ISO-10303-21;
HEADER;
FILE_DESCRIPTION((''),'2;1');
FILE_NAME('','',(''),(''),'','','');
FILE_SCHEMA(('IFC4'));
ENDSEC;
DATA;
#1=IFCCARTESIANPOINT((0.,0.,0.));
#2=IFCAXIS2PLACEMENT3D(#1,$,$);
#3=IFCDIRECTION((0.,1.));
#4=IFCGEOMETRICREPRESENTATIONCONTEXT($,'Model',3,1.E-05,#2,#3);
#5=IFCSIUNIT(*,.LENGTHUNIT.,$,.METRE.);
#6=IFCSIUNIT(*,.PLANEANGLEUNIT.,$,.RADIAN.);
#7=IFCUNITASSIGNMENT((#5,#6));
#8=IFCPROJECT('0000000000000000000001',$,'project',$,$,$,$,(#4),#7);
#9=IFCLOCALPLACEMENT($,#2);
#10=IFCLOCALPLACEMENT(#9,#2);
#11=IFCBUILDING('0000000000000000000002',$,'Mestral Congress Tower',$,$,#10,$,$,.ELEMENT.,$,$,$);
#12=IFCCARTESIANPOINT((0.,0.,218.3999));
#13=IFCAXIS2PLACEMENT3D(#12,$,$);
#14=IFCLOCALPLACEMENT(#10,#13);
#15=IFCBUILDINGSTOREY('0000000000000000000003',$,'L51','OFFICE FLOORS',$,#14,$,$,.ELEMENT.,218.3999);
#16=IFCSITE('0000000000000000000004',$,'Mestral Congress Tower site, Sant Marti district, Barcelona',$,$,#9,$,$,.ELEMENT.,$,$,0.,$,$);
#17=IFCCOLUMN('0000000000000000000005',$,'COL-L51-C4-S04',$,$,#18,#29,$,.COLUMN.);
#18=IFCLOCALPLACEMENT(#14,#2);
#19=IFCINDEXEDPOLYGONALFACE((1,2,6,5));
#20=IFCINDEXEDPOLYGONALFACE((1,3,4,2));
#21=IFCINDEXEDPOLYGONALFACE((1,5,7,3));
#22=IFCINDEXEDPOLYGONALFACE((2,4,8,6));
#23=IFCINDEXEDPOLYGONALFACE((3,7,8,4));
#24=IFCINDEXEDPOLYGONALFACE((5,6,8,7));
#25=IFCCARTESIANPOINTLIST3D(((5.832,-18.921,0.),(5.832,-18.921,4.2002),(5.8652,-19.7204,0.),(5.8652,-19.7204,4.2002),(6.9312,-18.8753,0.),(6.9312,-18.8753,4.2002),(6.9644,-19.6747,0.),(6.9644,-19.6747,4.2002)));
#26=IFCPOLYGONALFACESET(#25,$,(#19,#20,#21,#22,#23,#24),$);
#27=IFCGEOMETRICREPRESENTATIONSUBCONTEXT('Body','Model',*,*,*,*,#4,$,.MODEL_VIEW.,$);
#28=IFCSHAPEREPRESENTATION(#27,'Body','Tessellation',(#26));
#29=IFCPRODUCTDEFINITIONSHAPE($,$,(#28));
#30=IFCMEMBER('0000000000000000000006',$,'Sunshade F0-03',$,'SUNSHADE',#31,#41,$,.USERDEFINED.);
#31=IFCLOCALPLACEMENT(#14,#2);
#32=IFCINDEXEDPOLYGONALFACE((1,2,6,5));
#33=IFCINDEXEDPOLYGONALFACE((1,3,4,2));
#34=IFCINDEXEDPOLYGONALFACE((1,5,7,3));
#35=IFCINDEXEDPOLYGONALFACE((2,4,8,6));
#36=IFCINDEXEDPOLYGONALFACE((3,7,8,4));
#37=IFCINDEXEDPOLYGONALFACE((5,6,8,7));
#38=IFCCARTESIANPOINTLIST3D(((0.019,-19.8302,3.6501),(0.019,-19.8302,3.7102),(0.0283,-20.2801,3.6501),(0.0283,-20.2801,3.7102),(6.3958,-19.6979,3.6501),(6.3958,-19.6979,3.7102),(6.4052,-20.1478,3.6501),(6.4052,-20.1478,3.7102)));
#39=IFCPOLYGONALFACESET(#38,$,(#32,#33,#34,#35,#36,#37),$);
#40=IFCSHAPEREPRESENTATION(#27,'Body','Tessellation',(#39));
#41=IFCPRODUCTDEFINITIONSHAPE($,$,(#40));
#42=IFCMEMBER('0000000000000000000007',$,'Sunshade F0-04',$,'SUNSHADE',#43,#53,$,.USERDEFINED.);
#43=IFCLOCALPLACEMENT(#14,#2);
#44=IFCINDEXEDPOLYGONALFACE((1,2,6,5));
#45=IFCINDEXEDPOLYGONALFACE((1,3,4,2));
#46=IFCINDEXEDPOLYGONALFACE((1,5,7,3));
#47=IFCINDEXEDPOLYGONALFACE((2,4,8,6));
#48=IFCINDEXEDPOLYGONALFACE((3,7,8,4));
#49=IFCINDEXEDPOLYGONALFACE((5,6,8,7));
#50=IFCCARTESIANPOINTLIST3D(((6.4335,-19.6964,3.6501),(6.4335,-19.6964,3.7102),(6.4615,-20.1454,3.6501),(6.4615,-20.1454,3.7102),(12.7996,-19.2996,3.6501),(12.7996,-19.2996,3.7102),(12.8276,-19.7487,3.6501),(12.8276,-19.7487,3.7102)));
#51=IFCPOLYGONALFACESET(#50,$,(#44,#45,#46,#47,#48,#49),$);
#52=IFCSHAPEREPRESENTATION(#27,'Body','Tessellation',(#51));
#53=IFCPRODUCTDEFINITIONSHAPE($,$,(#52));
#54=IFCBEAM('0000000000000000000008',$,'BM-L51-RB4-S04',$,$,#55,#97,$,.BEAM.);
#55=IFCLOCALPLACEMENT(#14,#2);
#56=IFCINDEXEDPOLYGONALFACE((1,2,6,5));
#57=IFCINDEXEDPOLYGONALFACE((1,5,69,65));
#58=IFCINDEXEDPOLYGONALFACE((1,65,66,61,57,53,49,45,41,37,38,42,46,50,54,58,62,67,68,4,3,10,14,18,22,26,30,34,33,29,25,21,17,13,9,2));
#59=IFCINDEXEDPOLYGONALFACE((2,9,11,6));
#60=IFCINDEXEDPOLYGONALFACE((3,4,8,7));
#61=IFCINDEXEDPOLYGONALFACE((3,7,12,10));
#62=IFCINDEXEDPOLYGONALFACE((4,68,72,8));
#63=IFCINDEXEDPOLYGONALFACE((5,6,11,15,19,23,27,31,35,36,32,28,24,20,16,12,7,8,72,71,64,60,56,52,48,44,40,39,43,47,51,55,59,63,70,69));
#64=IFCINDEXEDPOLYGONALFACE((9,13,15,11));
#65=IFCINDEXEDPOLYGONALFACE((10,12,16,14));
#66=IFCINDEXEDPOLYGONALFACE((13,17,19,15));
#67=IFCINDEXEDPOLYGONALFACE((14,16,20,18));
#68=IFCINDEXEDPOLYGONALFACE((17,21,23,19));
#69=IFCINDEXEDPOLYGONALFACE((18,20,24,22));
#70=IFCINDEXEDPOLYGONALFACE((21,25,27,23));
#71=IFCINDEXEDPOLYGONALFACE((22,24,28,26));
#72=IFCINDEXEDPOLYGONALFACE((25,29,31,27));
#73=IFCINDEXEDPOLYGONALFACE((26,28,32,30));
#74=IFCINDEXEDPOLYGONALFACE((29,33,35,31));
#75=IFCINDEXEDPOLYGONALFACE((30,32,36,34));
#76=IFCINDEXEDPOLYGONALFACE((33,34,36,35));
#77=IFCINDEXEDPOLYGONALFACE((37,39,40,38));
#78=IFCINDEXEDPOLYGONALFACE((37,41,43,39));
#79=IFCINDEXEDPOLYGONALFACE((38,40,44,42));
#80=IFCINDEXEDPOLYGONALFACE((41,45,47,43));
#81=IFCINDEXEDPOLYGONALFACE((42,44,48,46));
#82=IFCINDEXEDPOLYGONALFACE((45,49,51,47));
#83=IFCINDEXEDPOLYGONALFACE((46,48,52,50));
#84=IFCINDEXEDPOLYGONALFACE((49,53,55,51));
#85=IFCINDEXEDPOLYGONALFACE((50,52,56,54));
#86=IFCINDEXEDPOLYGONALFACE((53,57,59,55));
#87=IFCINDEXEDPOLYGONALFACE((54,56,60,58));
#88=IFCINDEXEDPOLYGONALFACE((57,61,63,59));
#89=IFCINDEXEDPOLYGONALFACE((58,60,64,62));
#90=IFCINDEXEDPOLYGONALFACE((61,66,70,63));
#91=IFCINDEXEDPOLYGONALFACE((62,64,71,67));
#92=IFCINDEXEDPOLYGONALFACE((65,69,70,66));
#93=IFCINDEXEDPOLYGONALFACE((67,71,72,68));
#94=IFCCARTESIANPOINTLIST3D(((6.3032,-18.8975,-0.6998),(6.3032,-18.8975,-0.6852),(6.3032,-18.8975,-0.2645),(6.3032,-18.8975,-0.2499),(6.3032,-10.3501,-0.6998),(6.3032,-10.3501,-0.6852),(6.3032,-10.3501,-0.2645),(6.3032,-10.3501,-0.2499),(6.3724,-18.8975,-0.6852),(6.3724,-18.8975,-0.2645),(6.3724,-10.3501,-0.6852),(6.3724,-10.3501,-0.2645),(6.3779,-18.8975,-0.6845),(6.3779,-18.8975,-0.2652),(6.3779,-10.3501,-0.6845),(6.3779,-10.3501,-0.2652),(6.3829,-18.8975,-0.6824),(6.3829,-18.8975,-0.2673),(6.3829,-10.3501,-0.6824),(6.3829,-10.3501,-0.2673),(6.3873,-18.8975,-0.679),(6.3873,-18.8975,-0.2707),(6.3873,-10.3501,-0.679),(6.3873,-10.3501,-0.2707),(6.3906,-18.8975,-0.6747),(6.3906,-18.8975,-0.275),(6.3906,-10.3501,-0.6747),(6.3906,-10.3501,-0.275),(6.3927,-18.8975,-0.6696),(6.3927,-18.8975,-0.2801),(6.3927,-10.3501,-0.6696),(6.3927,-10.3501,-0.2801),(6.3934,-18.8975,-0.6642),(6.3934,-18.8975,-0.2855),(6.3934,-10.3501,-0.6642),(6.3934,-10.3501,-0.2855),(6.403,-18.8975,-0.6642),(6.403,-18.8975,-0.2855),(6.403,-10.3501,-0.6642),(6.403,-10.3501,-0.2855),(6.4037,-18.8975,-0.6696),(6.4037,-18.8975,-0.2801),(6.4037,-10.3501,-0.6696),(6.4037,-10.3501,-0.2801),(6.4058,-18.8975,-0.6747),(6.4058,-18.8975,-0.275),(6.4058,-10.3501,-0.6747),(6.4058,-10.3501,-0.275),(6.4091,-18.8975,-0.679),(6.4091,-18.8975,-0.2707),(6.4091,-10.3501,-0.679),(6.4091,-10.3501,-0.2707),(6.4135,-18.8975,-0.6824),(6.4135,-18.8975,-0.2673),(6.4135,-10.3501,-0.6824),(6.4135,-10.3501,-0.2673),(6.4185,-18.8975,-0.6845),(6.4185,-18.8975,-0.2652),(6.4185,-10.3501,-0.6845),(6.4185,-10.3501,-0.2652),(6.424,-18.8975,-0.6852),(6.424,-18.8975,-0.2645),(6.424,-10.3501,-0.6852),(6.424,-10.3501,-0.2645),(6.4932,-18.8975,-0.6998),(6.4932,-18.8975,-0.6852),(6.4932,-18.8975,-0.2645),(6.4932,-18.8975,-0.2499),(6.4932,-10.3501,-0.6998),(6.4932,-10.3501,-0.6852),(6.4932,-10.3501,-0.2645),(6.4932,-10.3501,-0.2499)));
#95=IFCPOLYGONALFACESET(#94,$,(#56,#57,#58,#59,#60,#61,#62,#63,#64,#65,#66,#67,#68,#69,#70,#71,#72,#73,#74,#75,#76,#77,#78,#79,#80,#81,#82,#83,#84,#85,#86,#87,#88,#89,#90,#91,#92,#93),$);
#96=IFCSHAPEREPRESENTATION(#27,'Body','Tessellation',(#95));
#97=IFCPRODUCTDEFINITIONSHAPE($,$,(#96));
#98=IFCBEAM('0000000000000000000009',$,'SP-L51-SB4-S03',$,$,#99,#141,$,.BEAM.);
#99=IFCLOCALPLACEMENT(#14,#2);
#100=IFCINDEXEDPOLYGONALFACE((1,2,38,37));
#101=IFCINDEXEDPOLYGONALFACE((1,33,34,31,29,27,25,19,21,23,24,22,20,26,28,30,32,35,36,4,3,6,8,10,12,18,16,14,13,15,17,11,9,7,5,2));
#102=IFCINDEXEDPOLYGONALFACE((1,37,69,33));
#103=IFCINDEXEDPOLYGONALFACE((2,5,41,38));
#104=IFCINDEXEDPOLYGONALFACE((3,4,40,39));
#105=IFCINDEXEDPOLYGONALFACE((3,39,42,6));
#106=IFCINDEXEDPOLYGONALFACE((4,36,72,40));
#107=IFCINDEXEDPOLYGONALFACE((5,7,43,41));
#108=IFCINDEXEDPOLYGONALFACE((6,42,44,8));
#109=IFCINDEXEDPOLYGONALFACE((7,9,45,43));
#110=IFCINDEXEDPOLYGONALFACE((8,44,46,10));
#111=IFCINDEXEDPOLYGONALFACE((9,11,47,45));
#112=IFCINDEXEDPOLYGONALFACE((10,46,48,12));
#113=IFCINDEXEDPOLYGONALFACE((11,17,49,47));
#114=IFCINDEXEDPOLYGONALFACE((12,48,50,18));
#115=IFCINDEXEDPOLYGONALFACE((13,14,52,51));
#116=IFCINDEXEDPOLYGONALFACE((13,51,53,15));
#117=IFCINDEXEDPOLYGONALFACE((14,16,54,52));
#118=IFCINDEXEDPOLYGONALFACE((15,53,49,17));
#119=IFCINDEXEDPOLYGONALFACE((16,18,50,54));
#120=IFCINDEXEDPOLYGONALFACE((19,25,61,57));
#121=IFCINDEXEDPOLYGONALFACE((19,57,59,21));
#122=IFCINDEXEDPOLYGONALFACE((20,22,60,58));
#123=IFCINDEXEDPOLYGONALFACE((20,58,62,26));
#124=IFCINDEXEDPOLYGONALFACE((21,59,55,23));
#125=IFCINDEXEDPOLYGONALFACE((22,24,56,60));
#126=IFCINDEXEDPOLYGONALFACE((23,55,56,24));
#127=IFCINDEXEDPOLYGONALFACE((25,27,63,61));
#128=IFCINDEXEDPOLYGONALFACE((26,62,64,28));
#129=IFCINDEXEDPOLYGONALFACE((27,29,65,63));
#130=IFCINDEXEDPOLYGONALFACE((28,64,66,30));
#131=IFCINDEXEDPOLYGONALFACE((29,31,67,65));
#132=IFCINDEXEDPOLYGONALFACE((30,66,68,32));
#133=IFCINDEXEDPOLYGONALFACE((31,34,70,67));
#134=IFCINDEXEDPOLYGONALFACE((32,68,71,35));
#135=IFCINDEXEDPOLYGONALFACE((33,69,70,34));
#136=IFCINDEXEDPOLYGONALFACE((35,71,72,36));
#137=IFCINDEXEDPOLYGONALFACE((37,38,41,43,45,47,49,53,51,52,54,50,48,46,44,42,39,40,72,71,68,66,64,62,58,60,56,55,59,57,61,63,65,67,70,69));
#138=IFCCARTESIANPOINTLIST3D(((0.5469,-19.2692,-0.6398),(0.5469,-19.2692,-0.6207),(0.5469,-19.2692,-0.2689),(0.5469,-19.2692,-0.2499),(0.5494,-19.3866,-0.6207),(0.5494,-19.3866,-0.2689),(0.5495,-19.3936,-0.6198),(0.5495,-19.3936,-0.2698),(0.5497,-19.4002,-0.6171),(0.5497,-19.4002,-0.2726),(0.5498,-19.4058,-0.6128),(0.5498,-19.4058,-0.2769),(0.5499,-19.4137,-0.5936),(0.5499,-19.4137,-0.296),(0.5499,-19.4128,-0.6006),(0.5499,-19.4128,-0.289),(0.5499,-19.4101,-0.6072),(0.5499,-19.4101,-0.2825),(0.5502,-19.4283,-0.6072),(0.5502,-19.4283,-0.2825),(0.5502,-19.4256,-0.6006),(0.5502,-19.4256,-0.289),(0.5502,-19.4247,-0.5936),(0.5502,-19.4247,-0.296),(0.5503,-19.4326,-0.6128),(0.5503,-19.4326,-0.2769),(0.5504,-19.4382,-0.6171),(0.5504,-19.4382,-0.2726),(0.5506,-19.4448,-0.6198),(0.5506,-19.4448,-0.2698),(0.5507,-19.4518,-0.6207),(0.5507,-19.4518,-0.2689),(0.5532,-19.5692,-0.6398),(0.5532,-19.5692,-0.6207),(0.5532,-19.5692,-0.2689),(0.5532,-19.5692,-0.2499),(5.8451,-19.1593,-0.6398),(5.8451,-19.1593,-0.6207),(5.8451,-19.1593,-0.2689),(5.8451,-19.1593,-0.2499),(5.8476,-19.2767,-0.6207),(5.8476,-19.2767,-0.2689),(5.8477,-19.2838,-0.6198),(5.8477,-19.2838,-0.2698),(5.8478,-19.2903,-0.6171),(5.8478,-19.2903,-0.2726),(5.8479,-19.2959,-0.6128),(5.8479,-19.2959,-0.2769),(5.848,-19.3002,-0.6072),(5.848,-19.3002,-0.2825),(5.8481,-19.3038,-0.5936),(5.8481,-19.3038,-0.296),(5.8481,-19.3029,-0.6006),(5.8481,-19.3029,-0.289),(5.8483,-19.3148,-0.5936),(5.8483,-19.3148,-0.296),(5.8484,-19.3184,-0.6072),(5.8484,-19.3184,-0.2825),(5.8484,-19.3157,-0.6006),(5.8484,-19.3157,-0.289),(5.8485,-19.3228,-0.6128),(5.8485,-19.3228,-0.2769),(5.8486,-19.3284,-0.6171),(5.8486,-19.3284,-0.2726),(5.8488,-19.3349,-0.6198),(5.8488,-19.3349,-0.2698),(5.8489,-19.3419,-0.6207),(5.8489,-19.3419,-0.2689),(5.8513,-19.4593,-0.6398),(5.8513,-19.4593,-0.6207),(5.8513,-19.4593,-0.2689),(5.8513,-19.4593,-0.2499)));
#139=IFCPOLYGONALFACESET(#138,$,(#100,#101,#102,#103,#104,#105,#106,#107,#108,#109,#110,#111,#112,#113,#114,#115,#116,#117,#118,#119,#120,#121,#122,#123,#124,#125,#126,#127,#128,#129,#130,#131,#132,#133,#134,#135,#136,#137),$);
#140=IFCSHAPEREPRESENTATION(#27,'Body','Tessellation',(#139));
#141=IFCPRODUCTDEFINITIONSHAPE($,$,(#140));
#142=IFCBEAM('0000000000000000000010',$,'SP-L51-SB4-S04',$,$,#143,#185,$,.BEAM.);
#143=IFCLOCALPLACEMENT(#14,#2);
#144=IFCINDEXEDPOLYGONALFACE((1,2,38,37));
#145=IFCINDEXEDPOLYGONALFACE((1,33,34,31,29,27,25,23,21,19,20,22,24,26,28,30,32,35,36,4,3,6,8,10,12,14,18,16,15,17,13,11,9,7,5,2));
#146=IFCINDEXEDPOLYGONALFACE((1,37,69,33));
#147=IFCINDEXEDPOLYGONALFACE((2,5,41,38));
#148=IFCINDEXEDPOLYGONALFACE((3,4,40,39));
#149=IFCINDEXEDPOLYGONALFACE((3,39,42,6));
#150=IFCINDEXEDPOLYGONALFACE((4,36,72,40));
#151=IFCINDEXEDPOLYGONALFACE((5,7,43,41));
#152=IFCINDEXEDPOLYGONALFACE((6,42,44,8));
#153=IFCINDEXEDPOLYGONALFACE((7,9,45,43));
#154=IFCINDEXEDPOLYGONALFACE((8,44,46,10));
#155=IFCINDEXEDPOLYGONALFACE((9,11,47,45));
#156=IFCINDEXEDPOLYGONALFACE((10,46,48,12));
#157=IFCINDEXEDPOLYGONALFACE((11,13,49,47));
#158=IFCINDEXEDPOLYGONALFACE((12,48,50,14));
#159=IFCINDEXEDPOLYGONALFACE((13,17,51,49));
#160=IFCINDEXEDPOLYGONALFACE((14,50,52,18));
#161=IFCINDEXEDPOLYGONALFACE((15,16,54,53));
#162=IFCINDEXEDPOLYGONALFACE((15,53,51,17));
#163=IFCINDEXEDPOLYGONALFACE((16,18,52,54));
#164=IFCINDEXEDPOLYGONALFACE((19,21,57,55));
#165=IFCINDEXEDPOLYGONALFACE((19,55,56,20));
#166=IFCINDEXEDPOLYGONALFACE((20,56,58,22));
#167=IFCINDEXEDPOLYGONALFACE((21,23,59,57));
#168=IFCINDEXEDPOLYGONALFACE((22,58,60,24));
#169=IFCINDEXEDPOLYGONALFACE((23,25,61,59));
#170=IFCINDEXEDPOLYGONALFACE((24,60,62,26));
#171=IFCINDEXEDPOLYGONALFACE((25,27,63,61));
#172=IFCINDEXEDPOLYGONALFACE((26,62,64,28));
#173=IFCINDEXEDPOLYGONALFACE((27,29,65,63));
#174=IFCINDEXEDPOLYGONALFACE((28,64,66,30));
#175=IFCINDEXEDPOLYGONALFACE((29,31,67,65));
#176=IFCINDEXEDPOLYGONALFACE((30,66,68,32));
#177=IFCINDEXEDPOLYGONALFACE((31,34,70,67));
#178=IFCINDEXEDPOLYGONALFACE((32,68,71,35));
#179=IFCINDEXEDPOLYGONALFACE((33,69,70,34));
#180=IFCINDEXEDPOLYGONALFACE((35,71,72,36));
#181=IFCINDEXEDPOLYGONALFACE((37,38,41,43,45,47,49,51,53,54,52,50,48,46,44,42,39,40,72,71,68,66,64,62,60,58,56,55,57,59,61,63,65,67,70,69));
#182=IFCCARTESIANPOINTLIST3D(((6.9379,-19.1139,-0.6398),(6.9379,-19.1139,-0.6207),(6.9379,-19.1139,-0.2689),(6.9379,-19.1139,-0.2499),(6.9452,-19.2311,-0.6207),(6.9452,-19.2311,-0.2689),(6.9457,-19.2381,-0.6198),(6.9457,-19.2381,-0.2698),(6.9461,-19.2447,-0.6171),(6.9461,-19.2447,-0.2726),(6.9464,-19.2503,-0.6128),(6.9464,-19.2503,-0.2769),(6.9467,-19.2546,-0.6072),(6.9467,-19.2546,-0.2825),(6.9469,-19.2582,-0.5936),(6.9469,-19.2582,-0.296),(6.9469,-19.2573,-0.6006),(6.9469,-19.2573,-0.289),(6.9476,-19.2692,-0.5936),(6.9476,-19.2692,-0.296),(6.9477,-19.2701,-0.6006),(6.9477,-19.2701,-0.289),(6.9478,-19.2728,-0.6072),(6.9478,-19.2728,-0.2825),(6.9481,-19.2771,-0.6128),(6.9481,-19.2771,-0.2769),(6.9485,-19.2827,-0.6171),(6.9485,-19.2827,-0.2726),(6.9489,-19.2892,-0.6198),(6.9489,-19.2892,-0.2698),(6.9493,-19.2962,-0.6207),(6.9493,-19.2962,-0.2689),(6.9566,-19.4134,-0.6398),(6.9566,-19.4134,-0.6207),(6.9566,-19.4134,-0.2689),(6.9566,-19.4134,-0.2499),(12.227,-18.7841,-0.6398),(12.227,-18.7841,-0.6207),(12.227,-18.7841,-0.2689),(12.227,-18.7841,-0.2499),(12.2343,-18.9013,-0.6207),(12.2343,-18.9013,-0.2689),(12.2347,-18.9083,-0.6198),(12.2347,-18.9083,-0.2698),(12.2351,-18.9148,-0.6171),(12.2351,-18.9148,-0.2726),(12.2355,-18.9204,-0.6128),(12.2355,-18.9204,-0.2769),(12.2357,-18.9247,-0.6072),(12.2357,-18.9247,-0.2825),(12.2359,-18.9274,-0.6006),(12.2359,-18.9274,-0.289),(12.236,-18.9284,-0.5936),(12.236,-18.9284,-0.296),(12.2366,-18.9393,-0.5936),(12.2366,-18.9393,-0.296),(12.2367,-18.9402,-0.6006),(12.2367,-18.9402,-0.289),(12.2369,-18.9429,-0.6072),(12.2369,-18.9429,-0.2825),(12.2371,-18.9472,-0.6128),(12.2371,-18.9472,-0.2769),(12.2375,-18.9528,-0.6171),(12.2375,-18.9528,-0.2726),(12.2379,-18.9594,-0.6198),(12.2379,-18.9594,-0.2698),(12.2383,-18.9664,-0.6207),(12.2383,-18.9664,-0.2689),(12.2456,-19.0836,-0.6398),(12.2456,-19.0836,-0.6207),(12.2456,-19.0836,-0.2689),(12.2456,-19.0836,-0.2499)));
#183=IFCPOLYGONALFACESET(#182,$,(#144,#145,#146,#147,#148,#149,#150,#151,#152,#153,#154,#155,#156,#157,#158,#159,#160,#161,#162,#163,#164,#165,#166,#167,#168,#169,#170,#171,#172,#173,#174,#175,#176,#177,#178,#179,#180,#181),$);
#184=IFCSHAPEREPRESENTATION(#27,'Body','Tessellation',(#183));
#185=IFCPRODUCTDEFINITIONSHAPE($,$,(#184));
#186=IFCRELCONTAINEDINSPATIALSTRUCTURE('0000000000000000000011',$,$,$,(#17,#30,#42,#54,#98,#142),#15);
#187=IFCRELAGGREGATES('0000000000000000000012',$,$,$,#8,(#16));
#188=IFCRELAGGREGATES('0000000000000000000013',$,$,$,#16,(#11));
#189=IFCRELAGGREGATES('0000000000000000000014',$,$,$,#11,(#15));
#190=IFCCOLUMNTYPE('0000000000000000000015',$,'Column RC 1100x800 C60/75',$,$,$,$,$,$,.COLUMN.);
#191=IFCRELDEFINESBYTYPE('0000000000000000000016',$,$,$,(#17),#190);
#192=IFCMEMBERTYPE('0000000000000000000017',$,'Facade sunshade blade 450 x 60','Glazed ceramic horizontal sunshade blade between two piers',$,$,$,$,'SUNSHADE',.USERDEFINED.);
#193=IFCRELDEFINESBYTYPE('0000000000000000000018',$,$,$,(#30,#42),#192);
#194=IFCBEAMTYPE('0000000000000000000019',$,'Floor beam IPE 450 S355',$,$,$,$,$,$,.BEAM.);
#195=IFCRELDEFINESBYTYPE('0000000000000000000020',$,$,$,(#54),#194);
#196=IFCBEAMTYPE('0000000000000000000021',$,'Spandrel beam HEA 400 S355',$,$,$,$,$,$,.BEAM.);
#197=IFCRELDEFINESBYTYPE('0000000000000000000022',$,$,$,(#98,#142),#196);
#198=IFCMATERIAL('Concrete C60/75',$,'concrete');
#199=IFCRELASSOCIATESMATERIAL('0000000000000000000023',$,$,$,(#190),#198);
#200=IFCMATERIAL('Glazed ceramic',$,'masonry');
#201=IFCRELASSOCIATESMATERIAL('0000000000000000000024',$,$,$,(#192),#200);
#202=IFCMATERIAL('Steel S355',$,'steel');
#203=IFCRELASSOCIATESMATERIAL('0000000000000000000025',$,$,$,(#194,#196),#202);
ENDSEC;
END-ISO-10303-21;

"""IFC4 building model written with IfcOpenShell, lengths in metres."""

from ifc_helpers import new_model, si_unit, direction, frame, origin, origin_2d, place, context, subcontext, project, spatial, rectangle, i_section, extrude, material, material_profile, profile_set, type_object, element, save


model = new_model("IFC4")

# Units and contexts
model_context = context("Model", 3, precision=1e-05, world=origin(), true_north=direction((0.0, 1.0)))
body_context = subcontext(model_context, "Body", "Model", "MODEL_VIEW")
ifc_project = project(units=[si_unit("LENGTHUNIT", "METRE"), si_unit("PLANEANGLEUNIT", "RADIAN")], contexts=[model_context])

# Site, building, storey
site_placement = place(None, origin())
site = spatial("IfcSite", under=ifc_project, at=site_placement, Name="Mestral Congress Tower site, Sant Marti district, Barcelona", CompositionType="ELEMENT", RefElevation=0.0)
building_placement = place(site_placement, origin())
building = spatial("IfcBuilding", under=site, at=building_placement, Name="Mestral Congress Tower", CompositionType="ELEMENT")
storey_placement = place(building_placement, frame((0.0, 0.0, 218.3999)))
storey = spatial("IfcBuildingStorey", under=building, at=storey_placement, Name="L51", Description="OFFICE FLOORS", CompositionType="ELEMENT", Elevation=218.3999)

# Column
ifc_material_1 = material(Name="Concrete C60/75", Category="concrete")
ifc_material_profile_1 = material_profile(ifc_material_1, rectangle(XDim=1.1001, YDim=0.8, at=origin_2d()), Name="RC 1100x800")
ifc_profile_set_1 = profile_set([ifc_material_profile_1], Name="Concrete C60/75")
column_type = type_object("IfcColumnType", Name="Column RC 1100x800 C60/75", PredefinedType="COLUMN", material=ifc_profile_set_1)
column_placement = place(storey_placement, frame((6.3982, -19.2979, 0.0), z_axis=(0.0, 0.0, 1.0), x_axis=(0.999139, 0.041492, 0.0)))
element("IfcColumn", 1, at=column_placement, inside=storey, type_object=column_type, Name="COL-L51-C4-S04", PredefinedType="COLUMN", context=body_context, shape_type="SweptSolid", body=[
    extrude(rectangle(XDim=1.1001, YDim=0.8, at=origin_2d()), origin(), (0.0, 0.0, 1.0), 4.2002),
])

# Members
ifc_material_2 = material(Name="Glazed ceramic", Category="masonry")
ifc_material_profile_2 = material_profile(ifc_material_2, rectangle(XDim=0.45, YDim=0.0601, at=origin_2d()), Name="Ceramic blade 450 x 60")
ifc_profile_set_2 = profile_set([ifc_material_profile_2], Name="Glazed ceramic")
member_type = type_object("IfcMemberType", Name="Facade sunshade blade 450 x 60", Description="Glazed ceramic horizontal sunshade blade between two piers", ElementType="SUNSHADE", PredefinedType="USERDEFINED", material=ifc_profile_set_2)
member_1_placement = place(storey_placement, frame((0.0237, -20.0552, 3.6802), z_axis=(0.999785, 0.020747, 0.0), x_axis=(-0.020747, 0.999785, 0.0)))
element("IfcMember", 2, at=member_1_placement, inside=storey, type_object=member_type, Name="Sunshade F0-03", ObjectType="SUNSHADE", PredefinedType="USERDEFINED", context=body_context, shape_type="SweptSolid", body=[
    extrude(rectangle(XDim=0.45, YDim=0.0601, at=origin_2d()), origin(), (0.0, 0.0, 1.0), 6.3782),
])
member_2_placement = place(storey_placement, frame((6.4475, -19.9209, 3.6802), z_axis=(0.998064, 0.0622, 0.0), x_axis=(-0.0622, 0.998064, 0.0)))
element("IfcMember", 3, at=member_2_placement, inside=storey, type_object=member_type, Name="Sunshade F0-04", ObjectType="SUNSHADE", PredefinedType="USERDEFINED", context=body_context, shape_type="SweptSolid", body=[
    extrude(rectangle(XDim=0.45, YDim=0.0601, at=origin_2d()), origin(), (0.0, 0.0, 1.0), 6.3784),
])

# Beams
ifc_material_3 = material(Name="Steel S355", Category="steel")
ifc_material_profile_3 = material_profile(ifc_material_3, i_section(OverallWidth=0.1899, OverallDepth=0.45, WebThickness=0.0095, FlangeThickness=0.0146, FilletRadius=0.021, at=origin_2d()), Name="IPE 450")
ifc_profile_set_3 = profile_set([ifc_material_profile_3], Name="Steel S355")
beam_type_1 = type_object("IfcBeamType", Name="Floor beam IPE 450 S355", PredefinedType="BEAM", material=ifc_profile_set_3)
beam_placement = place(storey_placement, frame((6.3982, -18.8975, -0.4749), z_axis=(0.0, 1.0, 0.0), x_axis=(-1.0, 0.0, 0.0)))
element("IfcBeam", 4, at=beam_placement, inside=storey, type_object=beam_type_1, Name="BM-L51-RB4-S04", PredefinedType="BEAM", context=body_context, shape_type="SweptSolid", body=[
    extrude(i_section(OverallWidth=0.1899, OverallDepth=0.45, WebThickness=0.0095, FlangeThickness=0.0146, FilletRadius=0.021, at=origin_2d()), origin(), (0.0, 0.0, 1.0), 8.5474),
])
ifc_material_profile_4 = material_profile(ifc_material_3, i_section(OverallWidth=0.3, OverallDepth=0.3899, WebThickness=0.011, FlangeThickness=0.019, FilletRadius=0.0271, at=origin_2d()), Name="HEA 400")
ifc_profile_set_4 = profile_set([ifc_material_profile_4], Name="Steel S355")
beam_type_2 = type_object("IfcBeamType", Name="Spandrel beam HEA 400 S355", PredefinedType="BEAM", material=ifc_profile_set_4)
for number, where, z_axis, x_axis, name in (
    (5, (0.55, -19.4192, -0.4448), (0.999785, 0.020732, 0.0), (-0.020732, 0.999785, 0.0), "SP-L51-SB4-S03"),
    (6, (6.9473, -19.2637, -0.4448), (0.998061, 0.062241, 0.0), (-0.062241, 0.998061, 0.0), "SP-L51-SB4-S04"),
):
    element("IfcBeam", number, at=place(storey_placement, frame(where, z_axis=z_axis, x_axis=x_axis)), inside=storey, type_object=beam_type_2, Name=name, PredefinedType="BEAM", context=body_context, shape_type="SweptSolid", body=[
        extrude(i_section(OverallWidth=0.3, OverallDepth=0.3899, WebThickness=0.011, FlangeThickness=0.019, FilletRadius=0.0271, at=origin_2d()), origin(), (0.0, 0.0, 1.0), 5.2993),
    ])

save(model, "model.ifc")
